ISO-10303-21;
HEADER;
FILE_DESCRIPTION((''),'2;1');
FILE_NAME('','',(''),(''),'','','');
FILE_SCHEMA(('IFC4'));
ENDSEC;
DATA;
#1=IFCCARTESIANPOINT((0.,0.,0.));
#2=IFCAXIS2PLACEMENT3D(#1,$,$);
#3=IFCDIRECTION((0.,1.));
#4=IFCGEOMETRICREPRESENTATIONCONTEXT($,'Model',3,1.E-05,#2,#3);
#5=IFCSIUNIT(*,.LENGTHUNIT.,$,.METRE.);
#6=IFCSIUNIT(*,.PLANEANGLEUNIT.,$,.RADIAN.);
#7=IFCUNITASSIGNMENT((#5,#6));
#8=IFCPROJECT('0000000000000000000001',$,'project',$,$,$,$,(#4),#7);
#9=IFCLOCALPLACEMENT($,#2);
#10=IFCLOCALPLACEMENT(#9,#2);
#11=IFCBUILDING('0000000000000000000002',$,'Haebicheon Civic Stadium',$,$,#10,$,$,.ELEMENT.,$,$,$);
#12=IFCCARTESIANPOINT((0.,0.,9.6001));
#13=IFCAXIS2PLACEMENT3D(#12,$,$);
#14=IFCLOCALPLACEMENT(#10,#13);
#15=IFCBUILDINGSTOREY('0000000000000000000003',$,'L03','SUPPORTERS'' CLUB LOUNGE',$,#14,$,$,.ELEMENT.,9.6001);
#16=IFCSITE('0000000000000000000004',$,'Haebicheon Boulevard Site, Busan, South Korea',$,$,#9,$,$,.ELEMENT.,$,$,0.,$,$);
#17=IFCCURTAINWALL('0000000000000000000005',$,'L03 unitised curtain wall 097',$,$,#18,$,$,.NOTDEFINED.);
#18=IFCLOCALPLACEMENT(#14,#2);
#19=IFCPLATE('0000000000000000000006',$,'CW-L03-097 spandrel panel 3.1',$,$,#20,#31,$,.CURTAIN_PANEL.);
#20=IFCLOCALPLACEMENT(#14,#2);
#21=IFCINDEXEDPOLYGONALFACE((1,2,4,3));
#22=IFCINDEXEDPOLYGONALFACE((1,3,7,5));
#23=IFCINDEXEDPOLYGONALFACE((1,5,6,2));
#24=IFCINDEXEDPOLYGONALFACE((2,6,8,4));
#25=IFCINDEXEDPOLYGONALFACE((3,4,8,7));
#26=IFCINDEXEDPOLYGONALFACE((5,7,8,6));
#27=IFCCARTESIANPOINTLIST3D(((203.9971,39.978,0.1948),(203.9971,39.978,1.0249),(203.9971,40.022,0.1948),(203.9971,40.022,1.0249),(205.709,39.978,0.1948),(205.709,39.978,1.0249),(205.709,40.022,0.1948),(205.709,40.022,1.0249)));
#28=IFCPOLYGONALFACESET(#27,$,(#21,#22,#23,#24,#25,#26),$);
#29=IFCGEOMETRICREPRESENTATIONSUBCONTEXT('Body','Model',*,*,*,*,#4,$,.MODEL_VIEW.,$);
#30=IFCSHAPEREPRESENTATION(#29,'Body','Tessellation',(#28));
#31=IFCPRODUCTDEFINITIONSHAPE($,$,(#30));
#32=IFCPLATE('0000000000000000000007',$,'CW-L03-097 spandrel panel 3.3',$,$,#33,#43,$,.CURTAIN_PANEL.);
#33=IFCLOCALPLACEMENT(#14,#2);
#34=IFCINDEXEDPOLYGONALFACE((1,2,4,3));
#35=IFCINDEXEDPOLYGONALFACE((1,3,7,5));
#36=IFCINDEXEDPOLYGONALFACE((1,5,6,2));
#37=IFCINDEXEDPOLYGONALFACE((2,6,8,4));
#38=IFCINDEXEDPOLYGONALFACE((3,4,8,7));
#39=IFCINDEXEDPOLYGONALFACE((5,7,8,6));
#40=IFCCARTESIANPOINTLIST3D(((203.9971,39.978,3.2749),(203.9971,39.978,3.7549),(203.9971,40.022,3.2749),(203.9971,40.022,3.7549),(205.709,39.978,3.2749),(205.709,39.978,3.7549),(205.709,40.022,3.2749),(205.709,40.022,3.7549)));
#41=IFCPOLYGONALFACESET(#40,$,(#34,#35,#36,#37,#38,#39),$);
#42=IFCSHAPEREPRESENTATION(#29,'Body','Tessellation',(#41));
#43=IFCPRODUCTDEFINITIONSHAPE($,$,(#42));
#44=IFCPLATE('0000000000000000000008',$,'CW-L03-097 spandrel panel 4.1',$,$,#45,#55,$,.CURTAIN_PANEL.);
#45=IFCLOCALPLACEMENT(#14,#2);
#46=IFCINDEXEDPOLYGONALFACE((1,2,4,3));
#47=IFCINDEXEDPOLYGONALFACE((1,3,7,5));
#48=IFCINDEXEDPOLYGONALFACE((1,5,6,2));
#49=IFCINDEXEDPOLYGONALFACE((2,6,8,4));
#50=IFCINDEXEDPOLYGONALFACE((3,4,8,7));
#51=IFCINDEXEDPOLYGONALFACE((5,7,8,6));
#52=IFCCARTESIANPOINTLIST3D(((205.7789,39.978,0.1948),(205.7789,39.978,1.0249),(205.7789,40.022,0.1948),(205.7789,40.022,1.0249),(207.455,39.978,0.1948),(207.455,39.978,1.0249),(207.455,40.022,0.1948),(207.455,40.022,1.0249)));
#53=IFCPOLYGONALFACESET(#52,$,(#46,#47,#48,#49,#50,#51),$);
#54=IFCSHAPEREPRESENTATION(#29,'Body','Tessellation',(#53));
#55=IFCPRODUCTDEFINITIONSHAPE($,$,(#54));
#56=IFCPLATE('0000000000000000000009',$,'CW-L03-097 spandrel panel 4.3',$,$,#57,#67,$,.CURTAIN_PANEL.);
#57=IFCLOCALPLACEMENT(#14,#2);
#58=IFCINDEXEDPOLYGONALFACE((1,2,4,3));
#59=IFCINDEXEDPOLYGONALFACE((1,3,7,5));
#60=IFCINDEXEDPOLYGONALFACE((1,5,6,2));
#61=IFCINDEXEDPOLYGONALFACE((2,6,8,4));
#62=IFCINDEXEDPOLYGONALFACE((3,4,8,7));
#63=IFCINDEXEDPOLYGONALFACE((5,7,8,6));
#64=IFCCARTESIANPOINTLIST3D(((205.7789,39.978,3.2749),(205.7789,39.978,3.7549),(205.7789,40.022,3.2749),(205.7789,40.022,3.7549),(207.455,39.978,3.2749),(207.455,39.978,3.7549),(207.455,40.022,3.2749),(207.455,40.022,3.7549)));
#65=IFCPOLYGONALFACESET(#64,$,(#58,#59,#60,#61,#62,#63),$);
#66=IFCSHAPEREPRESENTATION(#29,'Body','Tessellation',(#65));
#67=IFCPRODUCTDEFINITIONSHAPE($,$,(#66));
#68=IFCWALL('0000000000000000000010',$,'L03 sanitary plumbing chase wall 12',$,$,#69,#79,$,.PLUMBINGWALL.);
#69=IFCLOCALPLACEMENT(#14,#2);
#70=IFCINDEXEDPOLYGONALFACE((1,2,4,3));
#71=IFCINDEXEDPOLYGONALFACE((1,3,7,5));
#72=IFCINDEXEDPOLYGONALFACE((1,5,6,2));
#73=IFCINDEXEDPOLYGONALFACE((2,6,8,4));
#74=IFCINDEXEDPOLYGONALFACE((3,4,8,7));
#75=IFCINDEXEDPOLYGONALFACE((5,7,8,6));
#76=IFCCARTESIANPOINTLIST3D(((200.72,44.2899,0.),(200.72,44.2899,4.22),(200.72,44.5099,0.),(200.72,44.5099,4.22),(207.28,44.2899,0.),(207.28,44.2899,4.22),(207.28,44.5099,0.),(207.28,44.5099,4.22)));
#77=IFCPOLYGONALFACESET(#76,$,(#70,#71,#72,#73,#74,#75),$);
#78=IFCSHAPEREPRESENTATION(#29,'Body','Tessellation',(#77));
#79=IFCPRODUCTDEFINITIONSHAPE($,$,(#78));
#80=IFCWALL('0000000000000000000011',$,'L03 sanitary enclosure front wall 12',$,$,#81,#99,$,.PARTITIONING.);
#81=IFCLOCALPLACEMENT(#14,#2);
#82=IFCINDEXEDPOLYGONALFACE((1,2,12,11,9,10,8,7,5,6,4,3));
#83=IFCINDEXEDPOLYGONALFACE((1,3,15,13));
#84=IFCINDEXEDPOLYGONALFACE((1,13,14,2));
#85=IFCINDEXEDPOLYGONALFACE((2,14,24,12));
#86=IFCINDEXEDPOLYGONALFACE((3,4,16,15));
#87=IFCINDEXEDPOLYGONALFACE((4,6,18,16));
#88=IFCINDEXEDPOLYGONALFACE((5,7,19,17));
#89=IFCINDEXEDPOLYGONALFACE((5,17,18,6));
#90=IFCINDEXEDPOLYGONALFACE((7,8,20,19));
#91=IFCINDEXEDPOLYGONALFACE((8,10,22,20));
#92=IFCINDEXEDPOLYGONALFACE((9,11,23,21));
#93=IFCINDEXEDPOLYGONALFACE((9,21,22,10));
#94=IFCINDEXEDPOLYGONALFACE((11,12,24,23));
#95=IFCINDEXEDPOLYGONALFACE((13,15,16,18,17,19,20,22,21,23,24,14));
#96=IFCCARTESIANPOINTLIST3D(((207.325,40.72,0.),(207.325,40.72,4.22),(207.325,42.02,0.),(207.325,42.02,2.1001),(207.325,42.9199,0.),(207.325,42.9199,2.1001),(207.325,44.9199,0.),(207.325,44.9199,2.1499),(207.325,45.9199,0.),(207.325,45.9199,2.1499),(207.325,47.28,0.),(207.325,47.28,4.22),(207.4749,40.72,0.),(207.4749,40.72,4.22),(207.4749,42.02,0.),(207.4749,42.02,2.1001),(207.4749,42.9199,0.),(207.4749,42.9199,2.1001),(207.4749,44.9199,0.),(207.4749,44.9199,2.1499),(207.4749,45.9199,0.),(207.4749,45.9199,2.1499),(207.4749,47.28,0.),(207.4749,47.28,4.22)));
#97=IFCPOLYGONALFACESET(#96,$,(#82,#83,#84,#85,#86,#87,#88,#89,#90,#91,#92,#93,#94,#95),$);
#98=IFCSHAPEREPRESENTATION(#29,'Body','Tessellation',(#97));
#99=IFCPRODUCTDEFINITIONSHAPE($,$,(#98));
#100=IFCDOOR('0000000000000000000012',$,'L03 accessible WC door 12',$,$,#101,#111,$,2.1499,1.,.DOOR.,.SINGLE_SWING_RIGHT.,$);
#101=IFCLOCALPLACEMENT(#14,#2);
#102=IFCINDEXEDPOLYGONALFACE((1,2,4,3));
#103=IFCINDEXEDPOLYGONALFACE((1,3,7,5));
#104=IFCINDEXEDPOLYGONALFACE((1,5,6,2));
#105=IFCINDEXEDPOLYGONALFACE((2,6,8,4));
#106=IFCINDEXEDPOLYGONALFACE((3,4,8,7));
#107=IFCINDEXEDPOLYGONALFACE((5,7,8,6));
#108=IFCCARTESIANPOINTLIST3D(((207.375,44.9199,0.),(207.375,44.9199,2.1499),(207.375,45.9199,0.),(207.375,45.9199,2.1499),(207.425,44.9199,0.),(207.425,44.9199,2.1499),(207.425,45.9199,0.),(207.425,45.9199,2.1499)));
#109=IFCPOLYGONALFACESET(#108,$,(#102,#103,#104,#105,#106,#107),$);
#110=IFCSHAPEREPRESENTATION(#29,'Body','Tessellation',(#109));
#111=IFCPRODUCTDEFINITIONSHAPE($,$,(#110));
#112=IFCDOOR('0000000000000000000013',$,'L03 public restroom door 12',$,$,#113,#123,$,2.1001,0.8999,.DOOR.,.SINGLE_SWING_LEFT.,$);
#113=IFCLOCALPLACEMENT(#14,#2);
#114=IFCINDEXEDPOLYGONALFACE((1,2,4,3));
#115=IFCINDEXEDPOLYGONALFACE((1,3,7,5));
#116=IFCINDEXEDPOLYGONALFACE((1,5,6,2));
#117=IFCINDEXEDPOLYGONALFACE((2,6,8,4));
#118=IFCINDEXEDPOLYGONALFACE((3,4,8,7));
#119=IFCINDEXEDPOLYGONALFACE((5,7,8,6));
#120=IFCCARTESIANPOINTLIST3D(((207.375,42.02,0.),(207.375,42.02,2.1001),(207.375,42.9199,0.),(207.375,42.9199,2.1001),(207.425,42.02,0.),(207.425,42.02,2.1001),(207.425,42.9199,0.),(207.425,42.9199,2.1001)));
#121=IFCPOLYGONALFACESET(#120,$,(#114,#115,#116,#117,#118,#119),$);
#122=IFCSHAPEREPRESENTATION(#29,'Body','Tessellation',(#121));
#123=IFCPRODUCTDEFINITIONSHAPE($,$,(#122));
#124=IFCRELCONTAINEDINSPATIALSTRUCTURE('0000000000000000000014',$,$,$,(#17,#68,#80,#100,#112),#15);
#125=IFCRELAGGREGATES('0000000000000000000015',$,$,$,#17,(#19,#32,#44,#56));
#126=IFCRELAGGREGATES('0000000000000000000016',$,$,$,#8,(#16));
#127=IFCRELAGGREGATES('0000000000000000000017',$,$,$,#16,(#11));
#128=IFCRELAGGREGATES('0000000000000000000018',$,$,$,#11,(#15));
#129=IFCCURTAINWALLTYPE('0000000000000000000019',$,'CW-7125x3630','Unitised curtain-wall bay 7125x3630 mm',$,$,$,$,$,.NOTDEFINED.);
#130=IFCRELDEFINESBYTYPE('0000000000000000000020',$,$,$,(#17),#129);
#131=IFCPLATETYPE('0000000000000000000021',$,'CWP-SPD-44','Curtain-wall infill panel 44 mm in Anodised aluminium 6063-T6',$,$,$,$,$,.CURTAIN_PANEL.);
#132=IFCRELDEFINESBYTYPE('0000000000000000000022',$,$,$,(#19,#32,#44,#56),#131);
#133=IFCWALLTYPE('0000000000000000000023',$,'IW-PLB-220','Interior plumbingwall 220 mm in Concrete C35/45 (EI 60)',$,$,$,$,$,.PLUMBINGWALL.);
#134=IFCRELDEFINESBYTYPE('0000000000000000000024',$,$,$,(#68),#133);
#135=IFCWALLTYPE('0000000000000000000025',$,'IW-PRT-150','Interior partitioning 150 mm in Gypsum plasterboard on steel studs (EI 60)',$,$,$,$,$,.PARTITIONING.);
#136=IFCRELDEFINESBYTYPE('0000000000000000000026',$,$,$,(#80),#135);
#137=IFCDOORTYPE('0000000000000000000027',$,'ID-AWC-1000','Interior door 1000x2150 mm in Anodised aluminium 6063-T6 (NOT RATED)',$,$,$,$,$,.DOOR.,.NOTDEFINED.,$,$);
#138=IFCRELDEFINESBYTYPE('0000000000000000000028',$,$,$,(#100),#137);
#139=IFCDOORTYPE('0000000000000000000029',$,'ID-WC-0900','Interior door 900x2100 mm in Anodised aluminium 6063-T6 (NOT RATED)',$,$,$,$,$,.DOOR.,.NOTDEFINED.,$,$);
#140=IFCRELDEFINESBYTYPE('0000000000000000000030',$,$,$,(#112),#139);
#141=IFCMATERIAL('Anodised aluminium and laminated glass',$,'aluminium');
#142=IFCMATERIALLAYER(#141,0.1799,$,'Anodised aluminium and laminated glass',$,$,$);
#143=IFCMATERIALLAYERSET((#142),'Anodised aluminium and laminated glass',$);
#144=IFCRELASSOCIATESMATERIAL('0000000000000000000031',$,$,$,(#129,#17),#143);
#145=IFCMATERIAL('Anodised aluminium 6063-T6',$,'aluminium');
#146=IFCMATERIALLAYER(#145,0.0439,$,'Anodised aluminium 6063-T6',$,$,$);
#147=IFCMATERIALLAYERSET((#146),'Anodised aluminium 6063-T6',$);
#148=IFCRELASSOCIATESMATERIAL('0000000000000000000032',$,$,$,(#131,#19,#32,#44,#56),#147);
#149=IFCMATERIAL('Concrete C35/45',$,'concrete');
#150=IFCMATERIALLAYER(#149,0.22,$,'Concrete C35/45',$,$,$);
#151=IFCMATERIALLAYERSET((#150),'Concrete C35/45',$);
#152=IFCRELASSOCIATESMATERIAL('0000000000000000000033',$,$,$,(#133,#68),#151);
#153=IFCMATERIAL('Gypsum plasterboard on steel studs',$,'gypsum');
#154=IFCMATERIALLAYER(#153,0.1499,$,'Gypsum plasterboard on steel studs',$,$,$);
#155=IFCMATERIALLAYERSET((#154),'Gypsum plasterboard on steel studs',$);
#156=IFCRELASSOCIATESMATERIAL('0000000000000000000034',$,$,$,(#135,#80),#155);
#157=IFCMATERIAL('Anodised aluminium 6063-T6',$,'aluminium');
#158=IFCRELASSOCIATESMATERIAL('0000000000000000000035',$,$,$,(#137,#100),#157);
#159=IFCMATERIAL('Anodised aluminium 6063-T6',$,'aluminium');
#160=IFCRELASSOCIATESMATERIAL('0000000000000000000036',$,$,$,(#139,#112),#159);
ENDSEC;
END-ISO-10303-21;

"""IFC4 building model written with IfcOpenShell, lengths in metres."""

from ifc_helpers import new_model, si_unit, direction, frame, frame_2d, origin, origin_2d, place, context, subcontext, project, spatial, rectangle, extrude, material, layer, layer_set, type_object, element, fill, aggregate, save


model = new_model("IFC4")

# Units and contexts
model_context = context("Model", 3, precision=1e-05, world=origin(), true_north=direction((0.0, 1.0)))
body_context = subcontext(model_context, "Body", "Model", "MODEL_VIEW")
ifc_project = project(units=[si_unit("LENGTHUNIT", "METRE"), si_unit("PLANEANGLEUNIT", "RADIAN")], contexts=[model_context])

# Site, building, storey
site_placement = place(None, origin())
site = spatial("IfcSite", under=ifc_project, at=site_placement, Name="Haebicheon Boulevard Site, Busan, South Korea", CompositionType="ELEMENT", RefElevation=0.0)
building_placement = place(site_placement, origin())
building = spatial("IfcBuilding", under=site, at=building_placement, Name="Haebicheon Civic Stadium", CompositionType="ELEMENT")
storey_placement = place(building_placement, frame((0.0, 0.0, 9.6001)))
storey = spatial("IfcBuildingStorey", under=building, at=storey_placement, Name="L03", Description="SUPPORTERS' CLUB LOUNGE", CompositionType="ELEMENT", Elevation=9.6001)

# Curtain wall
ifc_material_1 = material(Name="Anodised aluminium and laminated glass", Category="aluminium")
ifc_layer_1 = layer(ifc_material_1, 0.1799, Name="Anodised aluminium and laminated glass")
ifc_layer_set_1 = layer_set([ifc_layer_1], Name="Anodised aluminium and laminated glass")
curtain_wall_type = type_object("IfcCurtainWallType", Name="CW-7125x3630", Description="Unitised curtain-wall bay 7125x3630 mm", PredefinedType="NOTDEFINED", material=ifc_layer_set_1)
curtain_wall_placement = place(storey_placement, origin())
curtain_wall = element("IfcCurtainWall", 1, at=curtain_wall_placement, inside=storey, type_object=curtain_wall_type, material=ifc_layer_set_1, Name="L03 unitised curtain wall 097", PredefinedType="NOTDEFINED")

# Plates
ifc_material_2 = material(Name="Anodised aluminium 6063-T6", Category="aluminium")
ifc_layer_2 = layer(ifc_material_2, 0.0439, Name="Anodised aluminium 6063-T6")
ifc_layer_set_2 = layer_set([ifc_layer_2], Name="Anodised aluminium 6063-T6")
plate_type_1 = type_object("IfcPlateType", Name="CWP-SPD-44", Description="Curtain-wall infill panel 44 mm in Anodised aluminium 6063-T6", PredefinedType="CURTAIN_PANEL", material=ifc_layer_set_2)
plate_1_placement = place(storey_placement, frame((204.853, 40.0, 0.1948), z_axis=(0.0, 0.0, 1.0), x_axis=(1.0, 0.0, 0.0)))
plate_1 = element("IfcPlate", 2, at=plate_1_placement, type_object=plate_type_1, material=ifc_layer_set_2, Name="CW-L03-097 spandrel panel 3.1", PredefinedType="CURTAIN_PANEL", context=body_context, shape_type="SweptSolid", body=[
    extrude(rectangle(XDim=1.7119, YDim=0.0439, at=origin_2d()), origin(), (0.0, 0.0, 1.0), 0.8301),
])
plate_2_placement = place(storey_placement, frame((204.853, 40.0, 3.2749), z_axis=(0.0, 0.0, 1.0), x_axis=(1.0, 0.0, 0.0)))
plate_2 = element("IfcPlate", 3, at=plate_2_placement, type_object=plate_type_1, material=ifc_layer_set_2, Name="CW-L03-097 spandrel panel 3.3", PredefinedType="CURTAIN_PANEL", context=body_context, shape_type="SweptSolid", body=[
    extrude(rectangle(XDim=1.7119, YDim=0.0439, at=origin_2d()), origin(), (0.0, 0.0, 1.0), 0.48),
])
plate_3_placement = place(storey_placement, frame((206.6169, 40.0, 0.1948), z_axis=(0.0, 0.0, 1.0), x_axis=(1.0, 0.0, 0.0)))
plate_3 = element("IfcPlate", 4, at=plate_3_placement, type_object=plate_type_1, material=ifc_layer_set_2, Name="CW-L03-097 spandrel panel 4.1", PredefinedType="CURTAIN_PANEL", context=body_context, shape_type="SweptSolid", body=[
    extrude(rectangle(XDim=1.676, YDim=0.0439, at=origin_2d()), origin(), (0.0, 0.0, 1.0), 0.8301),
])
plate_4_placement = place(storey_placement, frame((206.6169, 40.0, 3.2749), z_axis=(0.0, 0.0, 1.0), x_axis=(1.0, 0.0, 0.0)))
plate_4 = element("IfcPlate", 5, at=plate_4_placement, type_object=plate_type_1, material=ifc_layer_set_2, Name="CW-L03-097 spandrel panel 4.3", PredefinedType="CURTAIN_PANEL", context=body_context, shape_type="SweptSolid", body=[
    extrude(rectangle(XDim=1.676, YDim=0.0439, at=origin_2d()), origin(), (0.0, 0.0, 1.0), 0.48),
])
aggregate(curtain_wall, [plate_1, plate_2, plate_3, plate_4])

# Wall
ifc_material_3 = material(Name="Concrete C35/45", Category="concrete")
ifc_layer_3 = layer(ifc_material_3, 0.22, Name="Concrete C35/45")
ifc_layer_set_3 = layer_set([ifc_layer_3], Name="Concrete C35/45")
wall_type_1 = type_object("IfcWallType", Name="IW-PLB-220", Description="Interior plumbingwall 220 mm in Concrete C35/45 (EI 60)", PredefinedType="PLUMBINGWALL", material=ifc_layer_set_3)
wall_1_placement = place(storey_placement, frame((200.72, 44.3999, 0.0), z_axis=(0.0, 0.0, 1.0), x_axis=(1.0, 0.0, 0.0)))
element("IfcWall", 6, at=wall_1_placement, inside=storey, type_object=wall_type_1, material=ifc_layer_set_3, Name="L03 sanitary plumbing chase wall 12", PredefinedType="PLUMBINGWALL", context=body_context, shape_type="SweptSolid", body=[
    extrude(rectangle(XDim=6.5601, YDim=0.22, at=frame_2d((3.28, 0.0))), origin(), (0.0, 0.0, 1.0), 4.22),
])

# Wall, openings, doors
ifc_material_4 = material(Name="Gypsum plasterboard on steel studs", Category="gypsum")
ifc_layer_4 = layer(ifc_material_4, 0.1499, Name="Gypsum plasterboard on steel studs")
ifc_layer_set_4 = layer_set([ifc_layer_4], Name="Gypsum plasterboard on steel studs")
wall_type_2 = type_object("IfcWallType", Name="IW-PRT-150", Description="Interior partitioning 150 mm in Gypsum plasterboard on steel studs (EI 60)", PredefinedType="PARTITIONING", material=ifc_layer_set_4)
wall_2_placement = place(storey_placement, frame((207.3999, 40.72, 0.0), z_axis=(0.0, 0.0, 1.0), x_axis=(0.0, 1.0, 0.0)))
wall_2 = element("IfcWall", 7, at=wall_2_placement, inside=storey, type_object=wall_type_2, material=ifc_layer_set_4, Name="L03 sanitary enclosure front wall 12", PredefinedType="PARTITIONING", context=body_context, shape_type="SweptSolid", body=[
    extrude(rectangle(XDim=6.5601, YDim=0.1499, at=frame_2d((3.28, 0.0))), origin(), (0.0, 0.0, 1.0), 4.22),
])
opening_1_placement = place(wall_2_placement, frame((1.3, 0.0, 0.0)))
opening_1 = element("IfcOpeningElement", 8, at=opening_1_placement, cuts=wall_2, PredefinedType="OPENING", context=body_context, shape_type="SweptSolid", body=[
    extrude(rectangle(XDim=0.8999, YDim=2.1001, at=frame_2d((0.45, 1.05))), frame((0.0, 0.085, 0.0), z_axis=(0.0, -1.0, 0.0), x_axis=(1.0, 0.0, 0.0)), (0.0, 0.0, 1.0), 0.1699),
])
opening_2_placement = place(wall_2_placement, frame((4.2, 0.0, 0.0)))
opening_2 = element("IfcOpeningElement", 9, at=opening_2_placement, cuts=wall_2, PredefinedType="OPENING", context=body_context, shape_type="SweptSolid", body=[
    extrude(rectangle(XDim=1.0, YDim=2.1499, at=frame_2d((0.5, 1.075))), frame((0.0, 0.085, 0.0), z_axis=(0.0, -1.0, 0.0), x_axis=(1.0, 0.0, 0.0)), (0.0, 0.0, 1.0), 0.1699),
])
ifc_material_5 = material(Name="Anodised aluminium 6063-T6", Category="aluminium")
door_type_1 = type_object("IfcDoorType", Name="ID-AWC-1000", Description="Interior door 1000x2150 mm in Anodised aluminium 6063-T6 (NOT RATED)", OperationType="NOTDEFINED", PredefinedType="DOOR", material=ifc_material_5)
door_1_placement = place(opening_2_placement, origin())
door_1 = element("IfcDoor", 10, at=door_1_placement, inside=storey, type_object=door_type_1, material=ifc_material_5, Name="L03 accessible WC door 12", OperationType="SINGLE_SWING_RIGHT", OverallHeight=2.1499, OverallWidth=1.0, PredefinedType="DOOR", context=body_context, shape_type="SweptSolid", body=[
    extrude(rectangle(XDim=1.0, YDim=2.1499, at=frame_2d((0.5, 1.075))), frame((0.0, 0.0249, 0.0), z_axis=(0.0, -1.0, 0.0), x_axis=(1.0, 0.0, 0.0)), (0.0, 0.0, 1.0), 0.05),
])
fill(opening_2, door_1)
ifc_material_6 = material(Name="Anodised aluminium 6063-T6", Category="aluminium")
door_type_2 = type_object("IfcDoorType", Name="ID-WC-0900", Description="Interior door 900x2100 mm in Anodised aluminium 6063-T6 (NOT RATED)", OperationType="NOTDEFINED", PredefinedType="DOOR", material=ifc_material_6)
door_2_placement = place(opening_1_placement, origin())
door_2 = element("IfcDoor", 11, at=door_2_placement, inside=storey, type_object=door_type_2, material=ifc_material_6, Name="L03 public restroom door 12", OperationType="SINGLE_SWING_LEFT", OverallHeight=2.1001, OverallWidth=0.8999, PredefinedType="DOOR", context=body_context, shape_type="SweptSolid", body=[
    extrude(rectangle(XDim=0.8999, YDim=2.1001, at=frame_2d((0.45, 1.05))), frame((0.0, 0.0249, 0.0), z_axis=(0.0, -1.0, 0.0), x_axis=(1.0, 0.0, 0.0)), (0.0, 0.0, 1.0), 0.05),
])
fill(opening_1, door_2)

save(model, "model.ifc")
